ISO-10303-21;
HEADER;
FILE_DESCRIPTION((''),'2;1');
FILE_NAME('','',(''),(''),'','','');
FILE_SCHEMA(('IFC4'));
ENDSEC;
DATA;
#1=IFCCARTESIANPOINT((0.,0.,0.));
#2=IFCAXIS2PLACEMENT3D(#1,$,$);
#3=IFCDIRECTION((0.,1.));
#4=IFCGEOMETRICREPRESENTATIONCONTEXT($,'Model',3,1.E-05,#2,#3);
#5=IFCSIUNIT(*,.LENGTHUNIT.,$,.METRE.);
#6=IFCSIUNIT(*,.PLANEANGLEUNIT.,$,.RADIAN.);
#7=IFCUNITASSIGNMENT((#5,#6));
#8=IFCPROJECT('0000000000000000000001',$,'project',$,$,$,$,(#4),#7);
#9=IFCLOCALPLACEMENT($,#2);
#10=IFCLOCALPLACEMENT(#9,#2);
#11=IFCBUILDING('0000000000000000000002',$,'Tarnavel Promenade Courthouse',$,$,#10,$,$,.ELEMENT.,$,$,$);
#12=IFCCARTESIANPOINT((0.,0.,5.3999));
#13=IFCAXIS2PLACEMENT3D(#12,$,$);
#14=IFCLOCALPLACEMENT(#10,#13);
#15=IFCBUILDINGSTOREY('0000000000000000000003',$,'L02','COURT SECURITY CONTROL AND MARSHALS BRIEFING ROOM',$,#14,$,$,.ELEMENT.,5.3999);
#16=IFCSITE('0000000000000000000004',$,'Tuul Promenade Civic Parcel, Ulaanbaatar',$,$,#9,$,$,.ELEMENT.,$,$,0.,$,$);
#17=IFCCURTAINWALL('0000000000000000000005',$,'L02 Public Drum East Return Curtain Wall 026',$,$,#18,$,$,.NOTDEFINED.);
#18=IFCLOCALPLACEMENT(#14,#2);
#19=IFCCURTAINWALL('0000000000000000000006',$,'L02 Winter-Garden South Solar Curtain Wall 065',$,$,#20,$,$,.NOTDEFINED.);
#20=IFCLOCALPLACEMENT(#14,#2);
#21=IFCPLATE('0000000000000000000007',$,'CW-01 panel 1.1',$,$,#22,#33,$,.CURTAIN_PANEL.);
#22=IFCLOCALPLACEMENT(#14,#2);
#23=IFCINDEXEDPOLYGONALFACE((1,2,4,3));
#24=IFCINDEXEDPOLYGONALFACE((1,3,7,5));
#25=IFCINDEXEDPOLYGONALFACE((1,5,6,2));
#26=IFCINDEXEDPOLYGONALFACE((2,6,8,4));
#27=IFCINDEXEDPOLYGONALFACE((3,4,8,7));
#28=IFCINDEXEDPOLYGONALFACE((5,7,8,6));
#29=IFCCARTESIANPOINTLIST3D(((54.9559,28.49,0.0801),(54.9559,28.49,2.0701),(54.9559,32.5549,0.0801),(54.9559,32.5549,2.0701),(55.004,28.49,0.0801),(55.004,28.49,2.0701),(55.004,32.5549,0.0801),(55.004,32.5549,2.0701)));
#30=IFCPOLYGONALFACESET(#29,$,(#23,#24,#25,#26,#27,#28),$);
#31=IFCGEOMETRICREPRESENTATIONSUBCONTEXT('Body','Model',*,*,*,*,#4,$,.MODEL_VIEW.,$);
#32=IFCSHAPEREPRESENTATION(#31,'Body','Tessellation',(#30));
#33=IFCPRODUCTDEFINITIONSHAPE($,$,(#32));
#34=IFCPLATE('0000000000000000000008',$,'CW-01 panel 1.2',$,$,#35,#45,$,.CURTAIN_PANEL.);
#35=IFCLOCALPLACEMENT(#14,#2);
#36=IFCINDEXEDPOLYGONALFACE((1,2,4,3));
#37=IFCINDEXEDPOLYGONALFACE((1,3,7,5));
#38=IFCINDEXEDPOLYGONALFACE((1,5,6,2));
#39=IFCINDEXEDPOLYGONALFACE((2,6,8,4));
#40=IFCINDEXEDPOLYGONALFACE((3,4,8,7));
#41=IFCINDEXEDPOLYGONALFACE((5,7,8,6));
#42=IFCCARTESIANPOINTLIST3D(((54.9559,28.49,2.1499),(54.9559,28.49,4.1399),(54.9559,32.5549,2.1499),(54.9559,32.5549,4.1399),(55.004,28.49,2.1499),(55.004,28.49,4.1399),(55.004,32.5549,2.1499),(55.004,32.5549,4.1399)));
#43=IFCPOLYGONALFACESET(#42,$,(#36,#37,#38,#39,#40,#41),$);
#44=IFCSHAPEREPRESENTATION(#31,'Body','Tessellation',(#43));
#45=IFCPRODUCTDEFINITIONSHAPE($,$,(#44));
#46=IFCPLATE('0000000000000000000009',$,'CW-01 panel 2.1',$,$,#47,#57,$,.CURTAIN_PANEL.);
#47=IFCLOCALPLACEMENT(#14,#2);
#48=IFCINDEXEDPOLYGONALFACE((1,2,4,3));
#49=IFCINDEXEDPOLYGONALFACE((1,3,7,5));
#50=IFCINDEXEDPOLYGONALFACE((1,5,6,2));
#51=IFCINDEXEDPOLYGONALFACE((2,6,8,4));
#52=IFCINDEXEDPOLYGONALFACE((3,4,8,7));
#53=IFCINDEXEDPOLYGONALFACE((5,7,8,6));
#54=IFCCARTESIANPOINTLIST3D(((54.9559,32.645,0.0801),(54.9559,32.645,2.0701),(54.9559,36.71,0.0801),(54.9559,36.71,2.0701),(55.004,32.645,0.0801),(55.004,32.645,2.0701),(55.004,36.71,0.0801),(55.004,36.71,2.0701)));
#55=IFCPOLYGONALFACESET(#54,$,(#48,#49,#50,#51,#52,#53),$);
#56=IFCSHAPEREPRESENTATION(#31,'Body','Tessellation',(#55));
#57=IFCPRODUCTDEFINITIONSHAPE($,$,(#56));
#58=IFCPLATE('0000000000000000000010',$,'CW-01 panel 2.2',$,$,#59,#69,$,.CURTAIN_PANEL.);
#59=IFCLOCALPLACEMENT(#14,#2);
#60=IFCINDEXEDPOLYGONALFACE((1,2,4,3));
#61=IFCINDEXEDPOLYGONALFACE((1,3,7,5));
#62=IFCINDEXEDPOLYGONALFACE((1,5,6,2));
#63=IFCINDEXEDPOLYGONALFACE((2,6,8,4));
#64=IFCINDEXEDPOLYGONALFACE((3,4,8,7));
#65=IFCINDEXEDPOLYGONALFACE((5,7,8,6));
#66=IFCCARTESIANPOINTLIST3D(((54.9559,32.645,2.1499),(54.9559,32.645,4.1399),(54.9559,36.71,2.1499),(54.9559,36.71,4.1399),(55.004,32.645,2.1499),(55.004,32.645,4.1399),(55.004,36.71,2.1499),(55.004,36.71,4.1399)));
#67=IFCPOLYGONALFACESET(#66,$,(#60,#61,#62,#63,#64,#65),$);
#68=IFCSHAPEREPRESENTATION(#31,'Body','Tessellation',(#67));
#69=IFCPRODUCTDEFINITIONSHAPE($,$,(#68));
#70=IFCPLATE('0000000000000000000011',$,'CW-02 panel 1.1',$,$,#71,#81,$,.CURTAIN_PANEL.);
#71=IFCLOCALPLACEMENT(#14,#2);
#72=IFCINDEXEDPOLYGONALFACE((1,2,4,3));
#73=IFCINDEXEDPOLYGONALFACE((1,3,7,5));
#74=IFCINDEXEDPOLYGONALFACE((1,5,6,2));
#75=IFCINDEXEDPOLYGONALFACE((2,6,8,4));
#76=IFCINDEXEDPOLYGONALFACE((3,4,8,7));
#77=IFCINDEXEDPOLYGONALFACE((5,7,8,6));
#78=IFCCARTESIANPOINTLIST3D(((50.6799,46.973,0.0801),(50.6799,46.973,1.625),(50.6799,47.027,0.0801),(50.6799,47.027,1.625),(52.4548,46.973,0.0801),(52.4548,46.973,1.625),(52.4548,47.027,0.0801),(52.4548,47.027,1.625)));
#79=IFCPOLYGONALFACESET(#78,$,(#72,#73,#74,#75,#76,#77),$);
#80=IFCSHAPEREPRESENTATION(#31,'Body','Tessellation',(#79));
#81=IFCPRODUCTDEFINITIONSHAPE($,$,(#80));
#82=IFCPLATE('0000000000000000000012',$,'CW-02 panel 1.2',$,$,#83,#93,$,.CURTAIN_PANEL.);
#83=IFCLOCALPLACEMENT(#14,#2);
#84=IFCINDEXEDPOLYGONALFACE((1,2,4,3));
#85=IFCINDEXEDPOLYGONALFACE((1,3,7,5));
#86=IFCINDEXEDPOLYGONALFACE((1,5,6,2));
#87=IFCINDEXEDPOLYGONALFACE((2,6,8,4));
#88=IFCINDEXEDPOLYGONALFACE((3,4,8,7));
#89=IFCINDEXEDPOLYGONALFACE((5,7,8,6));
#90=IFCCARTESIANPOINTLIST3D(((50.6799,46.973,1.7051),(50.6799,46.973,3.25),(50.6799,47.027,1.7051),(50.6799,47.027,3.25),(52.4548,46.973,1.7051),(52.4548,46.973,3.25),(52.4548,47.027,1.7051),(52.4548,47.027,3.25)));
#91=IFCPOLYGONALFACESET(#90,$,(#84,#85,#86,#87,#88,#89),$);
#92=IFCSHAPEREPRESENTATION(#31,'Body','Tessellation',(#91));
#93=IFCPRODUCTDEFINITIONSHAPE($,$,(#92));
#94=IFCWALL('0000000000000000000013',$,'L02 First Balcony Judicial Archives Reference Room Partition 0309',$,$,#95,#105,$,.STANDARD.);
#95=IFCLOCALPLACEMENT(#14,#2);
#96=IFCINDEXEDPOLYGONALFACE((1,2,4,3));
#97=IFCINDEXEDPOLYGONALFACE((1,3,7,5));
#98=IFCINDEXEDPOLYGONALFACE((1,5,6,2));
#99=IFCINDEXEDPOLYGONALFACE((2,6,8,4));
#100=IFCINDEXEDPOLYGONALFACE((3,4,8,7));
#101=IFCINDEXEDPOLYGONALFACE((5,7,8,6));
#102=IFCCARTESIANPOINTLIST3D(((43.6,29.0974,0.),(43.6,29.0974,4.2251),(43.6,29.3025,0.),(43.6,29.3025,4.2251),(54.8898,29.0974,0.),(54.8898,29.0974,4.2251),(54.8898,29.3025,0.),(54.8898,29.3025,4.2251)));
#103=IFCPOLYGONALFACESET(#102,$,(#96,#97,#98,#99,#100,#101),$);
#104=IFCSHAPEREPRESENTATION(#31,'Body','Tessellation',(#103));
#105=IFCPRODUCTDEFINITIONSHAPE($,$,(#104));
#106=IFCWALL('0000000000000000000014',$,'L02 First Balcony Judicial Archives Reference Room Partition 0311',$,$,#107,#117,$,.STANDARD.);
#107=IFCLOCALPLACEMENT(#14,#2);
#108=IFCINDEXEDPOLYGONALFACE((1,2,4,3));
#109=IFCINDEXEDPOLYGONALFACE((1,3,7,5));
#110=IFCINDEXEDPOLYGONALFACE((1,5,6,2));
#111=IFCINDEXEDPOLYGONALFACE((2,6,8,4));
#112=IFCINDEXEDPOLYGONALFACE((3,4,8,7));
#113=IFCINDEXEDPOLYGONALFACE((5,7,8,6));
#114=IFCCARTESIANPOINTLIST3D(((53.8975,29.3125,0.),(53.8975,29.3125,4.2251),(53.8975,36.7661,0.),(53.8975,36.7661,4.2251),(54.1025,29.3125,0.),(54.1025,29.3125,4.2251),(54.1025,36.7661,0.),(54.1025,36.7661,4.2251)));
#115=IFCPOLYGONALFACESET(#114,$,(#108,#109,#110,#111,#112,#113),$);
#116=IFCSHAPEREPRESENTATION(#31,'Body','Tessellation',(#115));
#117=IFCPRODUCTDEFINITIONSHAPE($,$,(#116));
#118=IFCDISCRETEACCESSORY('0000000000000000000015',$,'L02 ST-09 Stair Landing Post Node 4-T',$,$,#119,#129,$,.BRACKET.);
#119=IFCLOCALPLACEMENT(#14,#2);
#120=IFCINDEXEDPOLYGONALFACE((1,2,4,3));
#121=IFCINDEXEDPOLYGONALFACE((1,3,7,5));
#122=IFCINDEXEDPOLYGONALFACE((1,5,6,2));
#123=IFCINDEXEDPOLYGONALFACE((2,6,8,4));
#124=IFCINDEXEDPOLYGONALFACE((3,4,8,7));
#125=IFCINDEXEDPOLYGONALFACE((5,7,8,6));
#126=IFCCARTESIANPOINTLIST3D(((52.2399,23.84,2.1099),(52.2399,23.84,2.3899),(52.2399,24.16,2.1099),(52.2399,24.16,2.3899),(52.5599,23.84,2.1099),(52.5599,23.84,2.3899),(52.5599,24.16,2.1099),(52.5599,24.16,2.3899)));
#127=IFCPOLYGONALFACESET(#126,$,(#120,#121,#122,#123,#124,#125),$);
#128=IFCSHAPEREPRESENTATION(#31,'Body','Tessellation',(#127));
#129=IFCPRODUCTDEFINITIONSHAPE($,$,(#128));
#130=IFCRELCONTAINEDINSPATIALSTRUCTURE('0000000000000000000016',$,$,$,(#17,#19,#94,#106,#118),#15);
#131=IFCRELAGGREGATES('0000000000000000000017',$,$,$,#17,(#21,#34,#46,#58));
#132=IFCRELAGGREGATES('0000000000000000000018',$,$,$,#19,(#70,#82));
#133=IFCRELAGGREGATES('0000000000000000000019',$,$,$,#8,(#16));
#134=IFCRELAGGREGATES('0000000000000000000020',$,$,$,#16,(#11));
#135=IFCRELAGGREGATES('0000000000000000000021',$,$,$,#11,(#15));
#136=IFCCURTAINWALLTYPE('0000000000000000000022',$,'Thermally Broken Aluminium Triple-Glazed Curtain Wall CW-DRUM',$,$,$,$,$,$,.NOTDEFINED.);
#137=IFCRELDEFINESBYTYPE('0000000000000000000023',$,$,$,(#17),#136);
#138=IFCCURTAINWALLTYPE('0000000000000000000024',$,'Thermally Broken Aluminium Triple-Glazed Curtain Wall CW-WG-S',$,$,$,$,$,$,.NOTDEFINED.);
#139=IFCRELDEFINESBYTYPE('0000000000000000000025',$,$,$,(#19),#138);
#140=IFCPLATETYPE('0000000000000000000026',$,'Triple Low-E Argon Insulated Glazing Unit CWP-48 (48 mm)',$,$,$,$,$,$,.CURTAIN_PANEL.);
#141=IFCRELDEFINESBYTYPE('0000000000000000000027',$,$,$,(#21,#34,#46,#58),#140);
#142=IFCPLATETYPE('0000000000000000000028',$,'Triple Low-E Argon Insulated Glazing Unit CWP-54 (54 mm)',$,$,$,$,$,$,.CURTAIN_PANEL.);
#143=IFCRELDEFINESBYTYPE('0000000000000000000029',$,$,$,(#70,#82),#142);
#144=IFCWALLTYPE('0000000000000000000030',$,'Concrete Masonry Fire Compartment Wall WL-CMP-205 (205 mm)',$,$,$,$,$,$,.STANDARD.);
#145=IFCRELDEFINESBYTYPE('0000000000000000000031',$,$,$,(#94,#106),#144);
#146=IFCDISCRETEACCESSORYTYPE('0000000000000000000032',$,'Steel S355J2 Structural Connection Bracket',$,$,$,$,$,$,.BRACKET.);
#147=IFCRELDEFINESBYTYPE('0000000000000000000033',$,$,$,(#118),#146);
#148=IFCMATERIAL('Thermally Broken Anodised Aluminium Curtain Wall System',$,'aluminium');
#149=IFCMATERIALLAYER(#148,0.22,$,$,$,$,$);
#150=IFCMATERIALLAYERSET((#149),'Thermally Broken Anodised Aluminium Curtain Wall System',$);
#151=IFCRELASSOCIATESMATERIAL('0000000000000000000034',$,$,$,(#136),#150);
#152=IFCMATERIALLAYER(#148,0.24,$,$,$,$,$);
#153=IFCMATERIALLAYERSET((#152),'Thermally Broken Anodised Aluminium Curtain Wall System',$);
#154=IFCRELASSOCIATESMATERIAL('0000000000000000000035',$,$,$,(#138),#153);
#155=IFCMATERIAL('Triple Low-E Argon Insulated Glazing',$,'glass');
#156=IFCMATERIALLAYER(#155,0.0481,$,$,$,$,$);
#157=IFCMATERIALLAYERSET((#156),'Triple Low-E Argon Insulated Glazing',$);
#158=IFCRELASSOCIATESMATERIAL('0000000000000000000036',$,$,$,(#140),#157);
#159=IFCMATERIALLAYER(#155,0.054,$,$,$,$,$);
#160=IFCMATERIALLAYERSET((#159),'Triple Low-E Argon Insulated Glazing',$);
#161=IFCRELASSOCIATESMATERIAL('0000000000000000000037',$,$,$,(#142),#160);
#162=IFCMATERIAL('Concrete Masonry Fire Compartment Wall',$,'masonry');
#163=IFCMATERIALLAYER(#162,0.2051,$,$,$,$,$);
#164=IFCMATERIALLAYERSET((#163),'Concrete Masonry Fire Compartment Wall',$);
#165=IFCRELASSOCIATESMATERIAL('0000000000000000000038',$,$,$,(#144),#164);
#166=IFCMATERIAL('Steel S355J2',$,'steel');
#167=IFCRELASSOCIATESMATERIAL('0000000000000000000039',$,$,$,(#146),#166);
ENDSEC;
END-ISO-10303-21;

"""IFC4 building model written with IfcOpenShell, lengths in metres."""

from ifc_helpers import new_model, si_unit, direction, frame, frame_2d, origin, origin_2d, place, context, subcontext, project, spatial, rectangle, extrude, material, layer, layer_set, type_object, element, aggregate, save


model = new_model("IFC4")

# Units and contexts
model_context = context("Model", 3, precision=1e-05, world=origin(), true_north=direction((0.0, 1.0)))
body_context = subcontext(model_context, "Body", "Model", "MODEL_VIEW")
ifc_project = project(units=[si_unit("LENGTHUNIT", "METRE"), si_unit("PLANEANGLEUNIT", "RADIAN")], contexts=[model_context])

# Site, building, storey
site_placement = place(None, origin())
site = spatial("IfcSite", under=ifc_project, at=site_placement, Name="Tuul Promenade Civic Parcel, Ulaanbaatar", CompositionType="ELEMENT", RefElevation=0.0)
building_placement = place(site_placement, origin())
building = spatial("IfcBuilding", under=site, at=building_placement, Name="Tarnavel Promenade Courthouse", CompositionType="ELEMENT")
storey_placement = place(building_placement, frame((0.0, 0.0, 5.3999)))
storey = spatial("IfcBuildingStorey", under=building, at=storey_placement, Name="L02", Description="COURT SECURITY CONTROL AND MARSHALS BRIEFING ROOM", CompositionType="ELEMENT", Elevation=5.3999)

# Shared definitions
ifc_material_1 = material(Name="Steel S355J2", Category="steel")

# Curtain wall
ifc_material_2 = material(Name="Thermally Broken Anodised Aluminium Curtain Wall System", Category="aluminium")
ifc_layer_1 = layer(ifc_material_2, 0.22)
ifc_layer_set_1 = layer_set([ifc_layer_1], Name="Thermally Broken Anodised Aluminium Curtain Wall System")
curtain_wall_type_1 = type_object("IfcCurtainWallType", Name="Thermally Broken Aluminium Triple-Glazed Curtain Wall CW-DRUM", PredefinedType="NOTDEFINED", material=ifc_layer_set_1)
curtain_wall_1_placement = place(storey_placement, origin())
curtain_wall_1 = element("IfcCurtainWall", 1, at=curtain_wall_1_placement, inside=storey, type_object=curtain_wall_type_1, Name="L02 Public Drum East Return Curtain Wall 026", PredefinedType="NOTDEFINED")

# Curtain wall
ifc_layer_2 = layer(ifc_material_2, 0.24)
ifc_layer_set_2 = layer_set([ifc_layer_2], Name="Thermally Broken Anodised Aluminium Curtain Wall System")
curtain_wall_type_2 = type_object("IfcCurtainWallType", Name="Thermally Broken Aluminium Triple-Glazed Curtain Wall CW-WG-S", PredefinedType="NOTDEFINED", material=ifc_layer_set_2)
curtain_wall_2_placement = place(storey_placement, origin())
curtain_wall_2 = element("IfcCurtainWall", 2, at=curtain_wall_2_placement, inside=storey, type_object=curtain_wall_type_2, Name="L02 Winter-Garden South Solar Curtain Wall 065", PredefinedType="NOTDEFINED")

# Plates
ifc_material_3 = material(Name="Triple Low-E Argon Insulated Glazing", Category="glass")
ifc_layer_3 = layer(ifc_material_3, 0.0481)
ifc_layer_set_3 = layer_set([ifc_layer_3], Name="Triple Low-E Argon Insulated Glazing")
plate_type_1 = type_object("IfcPlateType", Name="Triple Low-E Argon Insulated Glazing Unit CWP-48 (48 mm)", PredefinedType="CURTAIN_PANEL", material=ifc_layer_set_3)
plate_1_placement = place(storey_placement, frame((54.98, 30.5225, 0.0801), z_axis=(0.0, 0.0, 1.0), x_axis=(0.0, 1.0, 0.0)))
plate_1 = element("IfcPlate", 3, at=plate_1_placement, type_object=plate_type_1, Name="CW-01 panel 1.1", PredefinedType="CURTAIN_PANEL", context=body_context, shape_type="SweptSolid", body=[
    extrude(rectangle(XDim=4.0649, YDim=0.0481, at=origin_2d()), origin(), (0.0, 0.0, 1.0), 1.99),
])
plate_2_placement = place(storey_placement, frame((54.98, 30.5225, 2.1499), z_axis=(0.0, 0.0, 1.0), x_axis=(0.0, 1.0, 0.0)))
plate_2 = element("IfcPlate", 4, at=plate_2_placement, type_object=plate_type_1, Name="CW-01 panel 1.2", PredefinedType="CURTAIN_PANEL", context=body_context, shape_type="SweptSolid", body=[
    extrude(rectangle(XDim=4.0649, YDim=0.0481, at=origin_2d()), origin(), (0.0, 0.0, 1.0), 1.99),
])
plate_3_placement = place(storey_placement, frame((54.98, 34.6775, 0.0801), z_axis=(0.0, 0.0, 1.0), x_axis=(0.0, 1.0, 0.0)))
plate_3 = element("IfcPlate", 5, at=plate_3_placement, type_object=plate_type_1, Name="CW-01 panel 2.1", PredefinedType="CURTAIN_PANEL", context=body_context, shape_type="SweptSolid", body=[
    extrude(rectangle(XDim=4.0649, YDim=0.0481, at=origin_2d()), origin(), (0.0, 0.0, 1.0), 1.99),
])
plate_4_placement = place(storey_placement, frame((54.98, 34.6775, 2.1499), z_axis=(0.0, 0.0, 1.0), x_axis=(0.0, 1.0, 0.0)))
plate_4 = element("IfcPlate", 6, at=plate_4_placement, type_object=plate_type_1, Name="CW-01 panel 2.2", PredefinedType="CURTAIN_PANEL", context=body_context, shape_type="SweptSolid", body=[
    extrude(rectangle(XDim=4.0649, YDim=0.0481, at=origin_2d()), origin(), (0.0, 0.0, 1.0), 1.99),
])
aggregate(curtain_wall_1, [plate_1, plate_2, plate_3, plate_4])
ifc_layer_4 = layer(ifc_material_3, 0.054)
ifc_layer_set_4 = layer_set([ifc_layer_4], Name="Triple Low-E Argon Insulated Glazing")
plate_type_2 = type_object("IfcPlateType", Name="Triple Low-E Argon Insulated Glazing Unit CWP-54 (54 mm)", PredefinedType="CURTAIN_PANEL", material=ifc_layer_set_4)
plate_5_placement = place(storey_placement, frame((51.5674, 47.0, 0.0801), z_axis=(0.0, 0.0, 1.0), x_axis=(1.0, 0.0, 0.0)))
plate_5 = element("IfcPlate", 7, at=plate_5_placement, type_object=plate_type_2, Name="CW-02 panel 1.1", PredefinedType="CURTAIN_PANEL", context=body_context, shape_type="SweptSolid", body=[
    extrude(rectangle(XDim=1.7749, YDim=0.054, at=origin_2d()), origin(), (0.0, 0.0, 1.0), 1.5449),
])
plate_6_placement = place(storey_placement, frame((51.5674, 47.0, 1.7051), z_axis=(0.0, 0.0, 1.0), x_axis=(1.0, 0.0, 0.0)))
plate_6 = element("IfcPlate", 8, at=plate_6_placement, type_object=plate_type_2, Name="CW-02 panel 1.2", PredefinedType="CURTAIN_PANEL", context=body_context, shape_type="SweptSolid", body=[
    extrude(rectangle(XDim=1.7749, YDim=0.054, at=origin_2d()), origin(), (0.0, 0.0, 1.0), 1.5449),
])
aggregate(curtain_wall_2, [plate_5, plate_6])

# Walls
ifc_material_4 = material(Name="Concrete Masonry Fire Compartment Wall", Category="masonry")
ifc_layer_5 = layer(ifc_material_4, 0.2051)
ifc_layer_set_5 = layer_set([ifc_layer_5], Name="Concrete Masonry Fire Compartment Wall")
wall_type = type_object("IfcWallType", Name="Concrete Masonry Fire Compartment Wall WL-CMP-205 (205 mm)", PredefinedType="STANDARD", material=ifc_layer_set_5)
wall_1_placement = place(storey_placement, frame((54.8899, 29.2, 0.0), z_axis=(0.0, 0.0, 1.0), x_axis=(-1.0, 0.0, 0.0)))
element("IfcWall", 9, at=wall_1_placement, inside=storey, type_object=wall_type, Name="L02 First Balcony Judicial Archives Reference Room Partition 0309", PredefinedType="STANDARD", context=body_context, shape_type="SweptSolid", body=[
    extrude(rectangle(XDim=11.2898, YDim=0.2051, at=frame_2d((5.645, 0.0))), origin(), (0.0, 0.0, 1.0), 4.2251),
])
wall_2_placement = place(storey_placement, frame((54.0, 36.7661, 0.0), z_axis=(0.0, 0.0, 1.0), x_axis=(0.0, -1.0, 0.0)))
element("IfcWall", 10, at=wall_2_placement, inside=storey, type_object=wall_type, Name="L02 First Balcony Judicial Archives Reference Room Partition 0311", PredefinedType="STANDARD", context=body_context, shape_type="SweptSolid", body=[
    extrude(rectangle(XDim=7.4536, YDim=0.2051, at=frame_2d((3.7268, 0.0))), origin(), (0.0, 0.0, 1.0), 4.2251),
])

# Discrete accessory
discrete_accessory_type = type_object("IfcDiscreteAccessoryType", Name="Steel S355J2 Structural Connection Bracket", PredefinedType="BRACKET", material=ifc_material_1)
discrete_accessory_placement = place(storey_placement, frame((52.3999, 24.0, 2.1099), z_axis=(0.0, 0.0, 1.0), x_axis=(1.0, 0.0, 0.0)))
element("IfcDiscreteAccessory", 11, at=discrete_accessory_placement, inside=storey, type_object=discrete_accessory_type, Name="L02 ST-09 Stair Landing Post Node 4-T", PredefinedType="BRACKET", context=body_context, shape_type="SweptSolid", body=[
    extrude(rectangle(XDim=0.3201, YDim=0.3201, at=origin_2d()), origin(), (0.0, 0.0, 1.0), 0.28),
])

save(model, "model.ifc")
